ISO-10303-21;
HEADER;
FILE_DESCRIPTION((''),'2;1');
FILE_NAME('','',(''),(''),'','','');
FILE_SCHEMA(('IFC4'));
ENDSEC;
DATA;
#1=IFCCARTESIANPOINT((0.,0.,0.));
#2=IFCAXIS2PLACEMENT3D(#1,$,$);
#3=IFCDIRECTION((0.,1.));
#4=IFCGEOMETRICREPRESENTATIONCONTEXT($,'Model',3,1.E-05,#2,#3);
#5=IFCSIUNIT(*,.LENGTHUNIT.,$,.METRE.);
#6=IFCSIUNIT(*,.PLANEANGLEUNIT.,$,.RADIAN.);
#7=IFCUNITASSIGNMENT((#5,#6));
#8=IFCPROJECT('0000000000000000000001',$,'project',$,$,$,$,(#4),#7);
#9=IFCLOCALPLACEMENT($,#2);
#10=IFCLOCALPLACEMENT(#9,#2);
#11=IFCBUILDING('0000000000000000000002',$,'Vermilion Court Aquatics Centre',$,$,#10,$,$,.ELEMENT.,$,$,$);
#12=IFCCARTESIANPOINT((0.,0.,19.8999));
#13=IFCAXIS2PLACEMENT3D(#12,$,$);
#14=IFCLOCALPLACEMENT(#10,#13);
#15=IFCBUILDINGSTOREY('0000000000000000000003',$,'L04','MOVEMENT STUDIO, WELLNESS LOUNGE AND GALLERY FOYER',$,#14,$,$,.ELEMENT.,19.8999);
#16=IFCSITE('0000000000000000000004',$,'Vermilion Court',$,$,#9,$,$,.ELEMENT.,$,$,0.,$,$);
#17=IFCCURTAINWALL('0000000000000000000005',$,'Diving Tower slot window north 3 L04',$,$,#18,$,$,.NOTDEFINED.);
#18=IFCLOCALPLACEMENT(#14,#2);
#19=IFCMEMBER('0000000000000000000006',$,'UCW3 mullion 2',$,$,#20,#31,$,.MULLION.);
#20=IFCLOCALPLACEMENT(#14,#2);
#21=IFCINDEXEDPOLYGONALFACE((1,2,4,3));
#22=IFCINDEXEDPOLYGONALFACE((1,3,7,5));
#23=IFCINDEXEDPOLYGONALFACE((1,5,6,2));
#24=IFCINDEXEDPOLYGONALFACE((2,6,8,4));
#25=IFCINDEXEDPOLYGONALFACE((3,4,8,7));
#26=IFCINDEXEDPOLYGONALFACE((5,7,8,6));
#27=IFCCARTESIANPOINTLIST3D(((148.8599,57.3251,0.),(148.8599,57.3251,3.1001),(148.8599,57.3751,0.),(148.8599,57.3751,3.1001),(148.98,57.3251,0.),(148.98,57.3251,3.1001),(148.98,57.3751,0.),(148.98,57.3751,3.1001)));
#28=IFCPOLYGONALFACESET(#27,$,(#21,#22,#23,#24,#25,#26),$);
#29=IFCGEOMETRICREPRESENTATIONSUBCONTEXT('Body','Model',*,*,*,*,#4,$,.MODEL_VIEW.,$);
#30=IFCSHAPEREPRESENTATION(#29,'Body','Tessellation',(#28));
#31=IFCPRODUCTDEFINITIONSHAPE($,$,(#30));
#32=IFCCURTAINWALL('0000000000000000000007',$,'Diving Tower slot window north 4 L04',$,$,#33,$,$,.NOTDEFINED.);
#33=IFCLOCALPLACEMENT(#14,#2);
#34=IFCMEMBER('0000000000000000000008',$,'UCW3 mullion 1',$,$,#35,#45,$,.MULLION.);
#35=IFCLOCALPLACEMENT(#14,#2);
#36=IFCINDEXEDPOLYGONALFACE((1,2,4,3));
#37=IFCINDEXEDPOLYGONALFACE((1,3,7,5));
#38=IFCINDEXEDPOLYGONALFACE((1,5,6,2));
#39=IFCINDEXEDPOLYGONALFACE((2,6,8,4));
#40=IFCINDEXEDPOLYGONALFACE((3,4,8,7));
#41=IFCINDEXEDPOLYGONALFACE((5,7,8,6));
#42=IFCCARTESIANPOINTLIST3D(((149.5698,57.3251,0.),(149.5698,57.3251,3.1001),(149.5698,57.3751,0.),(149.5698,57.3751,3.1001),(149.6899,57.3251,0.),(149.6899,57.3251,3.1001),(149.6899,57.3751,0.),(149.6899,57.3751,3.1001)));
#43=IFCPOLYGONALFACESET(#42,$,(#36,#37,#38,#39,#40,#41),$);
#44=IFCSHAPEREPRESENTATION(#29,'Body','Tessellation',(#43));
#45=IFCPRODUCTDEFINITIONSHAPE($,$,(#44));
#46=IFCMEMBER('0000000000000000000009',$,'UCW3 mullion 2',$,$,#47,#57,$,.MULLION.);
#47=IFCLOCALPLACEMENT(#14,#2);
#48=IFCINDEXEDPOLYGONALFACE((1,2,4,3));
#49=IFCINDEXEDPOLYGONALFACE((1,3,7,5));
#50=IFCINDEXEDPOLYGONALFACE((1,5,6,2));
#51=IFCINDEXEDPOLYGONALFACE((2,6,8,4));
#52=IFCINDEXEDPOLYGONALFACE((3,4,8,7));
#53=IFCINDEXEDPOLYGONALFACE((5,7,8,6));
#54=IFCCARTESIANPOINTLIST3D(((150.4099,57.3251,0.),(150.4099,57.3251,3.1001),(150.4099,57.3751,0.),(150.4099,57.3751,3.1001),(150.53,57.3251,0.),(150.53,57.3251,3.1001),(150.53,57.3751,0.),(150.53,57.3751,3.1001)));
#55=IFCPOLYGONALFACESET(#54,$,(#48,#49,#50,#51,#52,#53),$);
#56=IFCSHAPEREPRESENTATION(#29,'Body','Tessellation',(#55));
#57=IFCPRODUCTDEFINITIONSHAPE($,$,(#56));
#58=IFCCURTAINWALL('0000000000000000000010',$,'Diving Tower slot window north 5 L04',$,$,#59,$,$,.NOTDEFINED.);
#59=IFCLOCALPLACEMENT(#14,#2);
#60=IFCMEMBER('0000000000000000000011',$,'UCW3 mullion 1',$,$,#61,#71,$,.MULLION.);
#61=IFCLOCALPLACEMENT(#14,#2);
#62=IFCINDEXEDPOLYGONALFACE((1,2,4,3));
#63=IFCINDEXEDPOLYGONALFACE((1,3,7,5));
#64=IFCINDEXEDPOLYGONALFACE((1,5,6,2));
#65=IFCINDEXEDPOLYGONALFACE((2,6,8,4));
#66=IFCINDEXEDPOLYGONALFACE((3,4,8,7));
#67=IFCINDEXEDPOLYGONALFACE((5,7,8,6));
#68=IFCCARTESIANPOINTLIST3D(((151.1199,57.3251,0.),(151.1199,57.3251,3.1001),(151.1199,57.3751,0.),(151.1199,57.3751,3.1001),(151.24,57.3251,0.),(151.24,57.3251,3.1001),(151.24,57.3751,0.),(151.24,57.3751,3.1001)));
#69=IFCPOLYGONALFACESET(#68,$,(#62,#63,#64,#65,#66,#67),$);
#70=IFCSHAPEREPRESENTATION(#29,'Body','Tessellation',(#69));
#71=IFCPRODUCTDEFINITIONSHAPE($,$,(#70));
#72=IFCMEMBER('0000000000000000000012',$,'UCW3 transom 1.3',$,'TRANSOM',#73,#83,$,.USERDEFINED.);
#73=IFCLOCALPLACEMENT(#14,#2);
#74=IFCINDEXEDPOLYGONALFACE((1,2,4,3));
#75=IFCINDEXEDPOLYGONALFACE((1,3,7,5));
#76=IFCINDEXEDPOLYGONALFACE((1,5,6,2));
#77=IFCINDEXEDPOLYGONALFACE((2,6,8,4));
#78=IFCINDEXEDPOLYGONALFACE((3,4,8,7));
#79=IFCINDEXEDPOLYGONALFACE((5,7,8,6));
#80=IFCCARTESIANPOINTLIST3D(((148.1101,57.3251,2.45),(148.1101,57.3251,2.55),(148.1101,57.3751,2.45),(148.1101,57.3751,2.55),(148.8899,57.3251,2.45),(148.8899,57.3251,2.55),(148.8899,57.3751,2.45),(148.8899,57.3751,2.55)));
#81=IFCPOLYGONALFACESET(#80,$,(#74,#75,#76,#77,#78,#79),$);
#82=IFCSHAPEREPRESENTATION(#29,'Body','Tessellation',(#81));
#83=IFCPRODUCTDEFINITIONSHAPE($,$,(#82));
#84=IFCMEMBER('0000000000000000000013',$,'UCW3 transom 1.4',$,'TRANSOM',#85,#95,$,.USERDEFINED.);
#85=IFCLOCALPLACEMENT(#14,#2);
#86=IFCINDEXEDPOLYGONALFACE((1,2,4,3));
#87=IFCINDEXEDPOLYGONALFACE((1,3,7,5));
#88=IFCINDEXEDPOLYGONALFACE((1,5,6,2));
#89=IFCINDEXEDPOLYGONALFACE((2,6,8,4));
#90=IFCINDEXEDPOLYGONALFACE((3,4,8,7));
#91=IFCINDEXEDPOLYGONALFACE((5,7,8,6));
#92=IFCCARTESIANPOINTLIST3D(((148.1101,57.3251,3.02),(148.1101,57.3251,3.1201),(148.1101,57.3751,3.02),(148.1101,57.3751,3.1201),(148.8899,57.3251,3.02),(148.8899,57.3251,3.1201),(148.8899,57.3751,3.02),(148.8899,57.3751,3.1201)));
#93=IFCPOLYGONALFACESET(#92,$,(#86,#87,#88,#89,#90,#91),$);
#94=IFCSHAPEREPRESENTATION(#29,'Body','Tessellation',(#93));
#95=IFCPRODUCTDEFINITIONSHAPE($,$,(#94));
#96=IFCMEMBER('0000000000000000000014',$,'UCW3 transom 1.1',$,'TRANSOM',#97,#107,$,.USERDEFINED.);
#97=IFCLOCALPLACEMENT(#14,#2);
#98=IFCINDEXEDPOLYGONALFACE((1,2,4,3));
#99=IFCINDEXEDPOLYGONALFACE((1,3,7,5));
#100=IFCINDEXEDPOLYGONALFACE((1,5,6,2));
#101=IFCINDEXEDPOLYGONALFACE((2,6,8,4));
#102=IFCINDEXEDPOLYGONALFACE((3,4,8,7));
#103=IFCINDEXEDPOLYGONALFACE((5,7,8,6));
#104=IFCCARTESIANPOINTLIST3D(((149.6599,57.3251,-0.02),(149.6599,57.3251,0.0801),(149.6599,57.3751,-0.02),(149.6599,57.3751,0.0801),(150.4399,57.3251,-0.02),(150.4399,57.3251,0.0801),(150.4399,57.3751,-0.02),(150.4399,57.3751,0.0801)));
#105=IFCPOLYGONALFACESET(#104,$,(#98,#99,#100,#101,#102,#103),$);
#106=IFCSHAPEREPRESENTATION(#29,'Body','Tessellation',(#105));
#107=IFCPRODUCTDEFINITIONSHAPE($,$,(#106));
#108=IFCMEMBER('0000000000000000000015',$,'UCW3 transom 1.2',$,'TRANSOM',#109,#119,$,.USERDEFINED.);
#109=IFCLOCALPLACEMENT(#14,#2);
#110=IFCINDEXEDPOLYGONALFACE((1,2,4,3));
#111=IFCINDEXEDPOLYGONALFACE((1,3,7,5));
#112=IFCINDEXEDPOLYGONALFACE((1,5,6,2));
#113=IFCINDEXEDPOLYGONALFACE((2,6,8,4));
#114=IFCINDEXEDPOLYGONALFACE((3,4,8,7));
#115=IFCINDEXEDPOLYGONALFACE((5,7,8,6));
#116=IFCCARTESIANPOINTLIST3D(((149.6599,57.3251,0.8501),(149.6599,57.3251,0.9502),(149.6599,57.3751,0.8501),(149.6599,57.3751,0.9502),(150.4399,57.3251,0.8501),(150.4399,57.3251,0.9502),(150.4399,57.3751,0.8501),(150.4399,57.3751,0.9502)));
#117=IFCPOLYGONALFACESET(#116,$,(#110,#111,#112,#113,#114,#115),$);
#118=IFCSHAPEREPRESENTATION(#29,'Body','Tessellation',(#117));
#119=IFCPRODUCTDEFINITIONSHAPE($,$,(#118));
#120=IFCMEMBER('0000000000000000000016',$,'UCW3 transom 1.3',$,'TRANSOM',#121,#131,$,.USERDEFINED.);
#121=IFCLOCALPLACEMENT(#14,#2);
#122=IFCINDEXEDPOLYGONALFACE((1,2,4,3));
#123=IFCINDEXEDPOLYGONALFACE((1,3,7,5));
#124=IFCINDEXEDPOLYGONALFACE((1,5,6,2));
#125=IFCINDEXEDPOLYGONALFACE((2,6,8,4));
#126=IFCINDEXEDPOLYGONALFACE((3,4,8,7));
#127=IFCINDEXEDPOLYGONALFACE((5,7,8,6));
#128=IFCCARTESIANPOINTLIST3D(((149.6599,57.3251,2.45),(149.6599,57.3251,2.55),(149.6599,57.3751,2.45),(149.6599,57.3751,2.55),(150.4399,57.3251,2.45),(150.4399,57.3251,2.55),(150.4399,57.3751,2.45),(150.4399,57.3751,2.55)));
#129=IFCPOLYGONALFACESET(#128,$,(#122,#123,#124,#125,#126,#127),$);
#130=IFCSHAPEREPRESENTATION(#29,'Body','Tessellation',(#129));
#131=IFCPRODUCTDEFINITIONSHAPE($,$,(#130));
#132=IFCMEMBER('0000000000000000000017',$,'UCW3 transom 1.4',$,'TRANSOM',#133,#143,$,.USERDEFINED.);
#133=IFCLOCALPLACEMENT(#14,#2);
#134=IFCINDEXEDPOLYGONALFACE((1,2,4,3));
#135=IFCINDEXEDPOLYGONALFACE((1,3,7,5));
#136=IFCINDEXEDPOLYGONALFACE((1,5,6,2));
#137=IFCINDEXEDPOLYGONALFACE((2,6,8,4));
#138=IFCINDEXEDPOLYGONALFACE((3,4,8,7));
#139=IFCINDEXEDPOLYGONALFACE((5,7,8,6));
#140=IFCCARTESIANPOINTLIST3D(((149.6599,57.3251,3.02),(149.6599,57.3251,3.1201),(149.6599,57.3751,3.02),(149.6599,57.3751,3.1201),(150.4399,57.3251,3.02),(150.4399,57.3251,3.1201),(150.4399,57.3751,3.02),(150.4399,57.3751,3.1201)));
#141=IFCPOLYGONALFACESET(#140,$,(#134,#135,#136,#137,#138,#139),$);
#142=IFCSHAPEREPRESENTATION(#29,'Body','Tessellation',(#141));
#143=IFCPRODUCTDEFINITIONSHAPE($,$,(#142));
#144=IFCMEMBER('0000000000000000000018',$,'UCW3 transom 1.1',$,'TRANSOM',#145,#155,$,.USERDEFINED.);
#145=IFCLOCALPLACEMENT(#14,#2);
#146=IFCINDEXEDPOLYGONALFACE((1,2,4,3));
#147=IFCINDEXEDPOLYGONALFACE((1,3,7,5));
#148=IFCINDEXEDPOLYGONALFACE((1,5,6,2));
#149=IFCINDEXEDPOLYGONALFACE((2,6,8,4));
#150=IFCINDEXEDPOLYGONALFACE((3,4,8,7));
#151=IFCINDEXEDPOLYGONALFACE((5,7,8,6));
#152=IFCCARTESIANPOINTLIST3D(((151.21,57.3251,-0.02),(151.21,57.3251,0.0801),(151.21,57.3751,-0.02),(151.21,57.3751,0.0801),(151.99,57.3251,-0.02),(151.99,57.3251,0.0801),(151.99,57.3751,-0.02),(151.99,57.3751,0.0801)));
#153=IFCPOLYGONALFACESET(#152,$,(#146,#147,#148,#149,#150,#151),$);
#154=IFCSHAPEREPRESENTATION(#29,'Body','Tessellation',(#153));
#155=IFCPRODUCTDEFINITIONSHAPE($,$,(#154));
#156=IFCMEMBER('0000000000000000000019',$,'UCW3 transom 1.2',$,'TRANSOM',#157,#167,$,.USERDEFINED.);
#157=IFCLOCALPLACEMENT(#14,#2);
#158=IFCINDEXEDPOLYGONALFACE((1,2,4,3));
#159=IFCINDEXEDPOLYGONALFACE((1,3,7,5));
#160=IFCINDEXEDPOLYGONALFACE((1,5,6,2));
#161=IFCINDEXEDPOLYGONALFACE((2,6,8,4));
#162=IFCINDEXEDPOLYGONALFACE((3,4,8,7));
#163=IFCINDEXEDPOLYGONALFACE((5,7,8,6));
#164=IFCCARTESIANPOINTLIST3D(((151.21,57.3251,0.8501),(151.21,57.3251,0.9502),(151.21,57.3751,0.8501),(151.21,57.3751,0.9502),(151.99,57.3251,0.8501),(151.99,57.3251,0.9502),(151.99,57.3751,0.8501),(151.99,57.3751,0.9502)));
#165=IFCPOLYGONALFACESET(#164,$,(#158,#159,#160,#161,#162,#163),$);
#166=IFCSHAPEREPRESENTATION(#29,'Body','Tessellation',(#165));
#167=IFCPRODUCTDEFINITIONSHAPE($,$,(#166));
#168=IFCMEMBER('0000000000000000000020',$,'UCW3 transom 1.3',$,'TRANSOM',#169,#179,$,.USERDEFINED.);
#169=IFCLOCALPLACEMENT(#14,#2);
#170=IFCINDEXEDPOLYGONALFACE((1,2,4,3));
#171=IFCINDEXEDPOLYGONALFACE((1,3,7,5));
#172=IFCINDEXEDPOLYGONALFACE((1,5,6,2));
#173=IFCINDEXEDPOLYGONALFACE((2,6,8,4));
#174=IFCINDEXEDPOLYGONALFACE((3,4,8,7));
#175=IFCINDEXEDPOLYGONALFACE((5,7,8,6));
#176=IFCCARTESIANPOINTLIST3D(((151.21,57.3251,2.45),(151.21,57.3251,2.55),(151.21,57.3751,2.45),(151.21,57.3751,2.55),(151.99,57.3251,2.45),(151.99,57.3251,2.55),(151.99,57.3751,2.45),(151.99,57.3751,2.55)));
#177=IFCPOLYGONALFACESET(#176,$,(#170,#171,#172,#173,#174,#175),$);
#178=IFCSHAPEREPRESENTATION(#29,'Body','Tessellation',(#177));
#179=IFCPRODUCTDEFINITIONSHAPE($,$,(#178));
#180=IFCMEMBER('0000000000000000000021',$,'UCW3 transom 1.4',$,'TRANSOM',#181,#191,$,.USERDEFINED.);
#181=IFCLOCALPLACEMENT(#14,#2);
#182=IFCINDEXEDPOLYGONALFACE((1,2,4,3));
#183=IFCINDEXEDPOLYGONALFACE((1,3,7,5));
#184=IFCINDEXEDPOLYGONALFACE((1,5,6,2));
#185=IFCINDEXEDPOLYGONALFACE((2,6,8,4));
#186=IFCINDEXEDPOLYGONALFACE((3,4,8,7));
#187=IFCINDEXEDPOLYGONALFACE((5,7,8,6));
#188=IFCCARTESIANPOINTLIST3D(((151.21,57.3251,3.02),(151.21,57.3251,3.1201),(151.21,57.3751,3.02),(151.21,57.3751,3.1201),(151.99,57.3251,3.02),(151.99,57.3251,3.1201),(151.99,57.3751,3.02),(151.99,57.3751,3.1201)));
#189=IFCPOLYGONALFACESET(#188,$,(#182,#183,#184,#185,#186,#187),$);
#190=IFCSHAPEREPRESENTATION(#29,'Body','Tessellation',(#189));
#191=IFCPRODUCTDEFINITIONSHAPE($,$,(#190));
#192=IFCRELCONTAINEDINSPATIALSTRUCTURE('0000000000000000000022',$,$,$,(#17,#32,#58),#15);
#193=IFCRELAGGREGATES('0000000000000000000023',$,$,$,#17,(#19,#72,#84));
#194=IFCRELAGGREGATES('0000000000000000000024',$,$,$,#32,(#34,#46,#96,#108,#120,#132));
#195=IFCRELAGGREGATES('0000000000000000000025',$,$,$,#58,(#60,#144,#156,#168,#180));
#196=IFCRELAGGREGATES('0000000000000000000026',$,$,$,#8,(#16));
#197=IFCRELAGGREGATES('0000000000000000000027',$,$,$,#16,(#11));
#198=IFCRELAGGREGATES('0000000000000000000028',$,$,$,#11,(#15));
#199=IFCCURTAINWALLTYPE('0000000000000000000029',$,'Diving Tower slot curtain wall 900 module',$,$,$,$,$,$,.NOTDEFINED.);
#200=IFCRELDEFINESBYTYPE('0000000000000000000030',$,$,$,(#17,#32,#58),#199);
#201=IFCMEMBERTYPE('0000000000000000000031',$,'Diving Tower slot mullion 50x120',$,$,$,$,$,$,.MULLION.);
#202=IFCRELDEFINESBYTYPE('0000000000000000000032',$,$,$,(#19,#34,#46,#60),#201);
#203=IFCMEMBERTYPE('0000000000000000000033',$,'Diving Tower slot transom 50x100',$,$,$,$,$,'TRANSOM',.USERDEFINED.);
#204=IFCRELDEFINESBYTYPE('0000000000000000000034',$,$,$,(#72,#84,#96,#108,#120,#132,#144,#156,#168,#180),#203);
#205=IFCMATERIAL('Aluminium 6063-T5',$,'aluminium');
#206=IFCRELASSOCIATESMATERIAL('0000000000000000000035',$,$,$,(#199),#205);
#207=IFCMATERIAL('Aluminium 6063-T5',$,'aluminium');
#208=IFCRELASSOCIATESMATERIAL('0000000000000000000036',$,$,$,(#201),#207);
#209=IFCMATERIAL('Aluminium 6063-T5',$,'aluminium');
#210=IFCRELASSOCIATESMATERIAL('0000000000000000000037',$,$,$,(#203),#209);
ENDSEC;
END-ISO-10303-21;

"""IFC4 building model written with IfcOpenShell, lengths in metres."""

from ifc_helpers import new_model, si_unit, direction, frame, origin, origin_2d, place, context, subcontext, project, spatial, rectangle, extrude, material, material_profile, profile_set, type_object, element, aggregate, save


model = new_model("IFC4")

# Units and contexts
model_context = context("Model", 3, precision=1e-05, world=origin(), true_north=direction((0.0, 1.0)))
body_context = subcontext(model_context, "Body", "Model", "MODEL_VIEW")
ifc_project = project(units=[si_unit("LENGTHUNIT", "METRE"), si_unit("PLANEANGLEUNIT", "RADIAN")], contexts=[model_context])

# Site, building, storey
site_placement = place(None, origin())
site = spatial("IfcSite", under=ifc_project, at=site_placement, Name="Vermilion Court", CompositionType="ELEMENT", RefElevation=0.0)
building_placement = place(site_placement, origin())
building = spatial("IfcBuilding", under=site, at=building_placement, Name="Vermilion Court Aquatics Centre", CompositionType="ELEMENT")
storey_placement = place(building_placement, frame((0.0, 0.0, 19.8999)))
storey = spatial("IfcBuildingStorey", under=building, at=storey_placement, Name="L04", Description="MOVEMENT STUDIO, WELLNESS LOUNGE AND GALLERY FOYER", CompositionType="ELEMENT", Elevation=19.8999)

# Curtain wall, member
ifc_material_1 = material(Name="Aluminium 6063-T5", Category="aluminium")
curtain_wall_type = type_object("IfcCurtainWallType", Name="Diving Tower slot curtain wall 900 module", PredefinedType="NOTDEFINED", material=ifc_material_1)
curtain_wall_1_placement = place(storey_placement, origin())
curtain_wall_1 = element("IfcCurtainWall", 1, at=curtain_wall_1_placement, inside=storey, type_object=curtain_wall_type, Name="Diving Tower slot window north 3 L04", PredefinedType="NOTDEFINED")
ifc_material_2 = material(Name="Aluminium 6063-T5", Category="aluminium")
ifc_material_profile_1 = material_profile(ifc_material_2, rectangle(XDim=0.05, YDim=0.1201, at=origin_2d()), Name="AL 50x120")
ifc_profile_set_1 = profile_set([ifc_material_profile_1], Name="Aluminium 6063-T5")
member_type_1 = type_object("IfcMemberType", Name="Diving Tower slot mullion 50x120", PredefinedType="MULLION", material=ifc_profile_set_1)
member_1_placement = place(storey_placement, frame((148.9199, 57.3501, 0.0), z_axis=(0.0, 0.0, 1.0), x_axis=(0.0, 1.0, 0.0)))
member_1 = element("IfcMember", 2, at=member_1_placement, type_object=member_type_1, Name="UCW3 mullion 2", PredefinedType="MULLION", context=body_context, shape_type="SweptSolid", body=[
    extrude(rectangle(XDim=0.05, YDim=0.1201, at=origin_2d()), origin(), (0.0, 0.0, 1.0), 3.1001),
])

# Curtain wall, members
curtain_wall_2_placement = place(storey_placement, origin())
curtain_wall_2 = element("IfcCurtainWall", 3, at=curtain_wall_2_placement, inside=storey, type_object=curtain_wall_type, Name="Diving Tower slot window north 4 L04", PredefinedType="NOTDEFINED")
member_2_placement = place(storey_placement, frame((149.6299, 57.3501, 0.0), z_axis=(0.0, 0.0, 1.0), x_axis=(0.0, 1.0, 0.0)))
member_2 = element("IfcMember", 4, at=member_2_placement, type_object=member_type_1, Name="UCW3 mullion 1", PredefinedType="MULLION", context=body_context, shape_type="SweptSolid", body=[
    extrude(rectangle(XDim=0.05, YDim=0.1201, at=origin_2d()), origin(), (0.0, 0.0, 1.0), 3.1001),
])
member_3_placement = place(storey_placement, frame((150.47, 57.3501, 0.0), z_axis=(0.0, 0.0, 1.0), x_axis=(0.0, 1.0, 0.0)))
member_3 = element("IfcMember", 5, at=member_3_placement, type_object=member_type_1, Name="UCW3 mullion 2", PredefinedType="MULLION", context=body_context, shape_type="SweptSolid", body=[
    extrude(rectangle(XDim=0.05, YDim=0.1201, at=origin_2d()), origin(), (0.0, 0.0, 1.0), 3.1001),
])

# Curtain wall, member
curtain_wall_3_placement = place(storey_placement, origin())
curtain_wall_3 = element("IfcCurtainWall", 6, at=curtain_wall_3_placement, inside=storey, type_object=curtain_wall_type, Name="Diving Tower slot window north 5 L04", PredefinedType="NOTDEFINED")
member_4_placement = place(storey_placement, frame((151.1799, 57.3501, 0.0), z_axis=(0.0, 0.0, 1.0), x_axis=(0.0, 1.0, 0.0)))
member_4 = element("IfcMember", 7, at=member_4_placement, type_object=member_type_1, Name="UCW3 mullion 1", PredefinedType="MULLION", context=body_context, shape_type="SweptSolid", body=[
    extrude(rectangle(XDim=0.05, YDim=0.1201, at=origin_2d()), origin(), (0.0, 0.0, 1.0), 3.1001),
])

# Members
ifc_material_3 = material(Name="Aluminium 6063-T5", Category="aluminium")
ifc_material_profile_2 = material_profile(ifc_material_3, rectangle(XDim=0.05, YDim=0.1001, at=origin_2d()), Name="AL 50x100")
ifc_profile_set_2 = profile_set([ifc_material_profile_2], Name="Aluminium 6063-T5")
member_type_2 = type_object("IfcMemberType", Name="Diving Tower slot transom 50x100", ElementType="TRANSOM", PredefinedType="USERDEFINED", material=ifc_profile_set_2)
member_5_placement = place(storey_placement, frame((148.1101, 57.3501, 2.5), z_axis=(1.0, 0.0, 0.0), x_axis=(0.0, 1.0, 0.0)))
member_5 = element("IfcMember", 8, at=member_5_placement, type_object=member_type_2, Name="UCW3 transom 1.3", ObjectType="TRANSOM", PredefinedType="USERDEFINED", context=body_context, shape_type="SweptSolid", body=[
    extrude(rectangle(XDim=0.05, YDim=0.1001, at=origin_2d()), origin(), (0.0, 0.0, 1.0), 0.7798),
])
member_6_placement = place(storey_placement, frame((148.1101, 57.3501, 3.0701), z_axis=(1.0, 0.0, 0.0), x_axis=(0.0, 1.0, 0.0)))
member_6 = element("IfcMember", 9, at=member_6_placement, type_object=member_type_2, Name="UCW3 transom 1.4", ObjectType="TRANSOM", PredefinedType="USERDEFINED", context=body_context, shape_type="SweptSolid", body=[
    extrude(rectangle(XDim=0.05, YDim=0.1001, at=origin_2d()), origin(), (0.0, 0.0, 1.0), 0.7798),
])
member_7_placement = place(storey_placement, frame((149.6599, 57.3501, 0.03), z_axis=(1.0, 0.0, 0.0), x_axis=(0.0, 1.0, 0.0)))
member_7 = element("IfcMember", 10, at=member_7_placement, type_object=member_type_2, Name="UCW3 transom 1.1", ObjectType="TRANSOM", PredefinedType="USERDEFINED", context=body_context, shape_type="SweptSolid", body=[
    extrude(rectangle(XDim=0.05, YDim=0.1001, at=origin_2d()), origin(), (0.0, 0.0, 1.0), 0.78),
])
member_8_placement = place(storey_placement, frame((149.6599, 57.3501, 0.9001), z_axis=(1.0, 0.0, 0.0), x_axis=(0.0, 1.0, 0.0)))
member_8 = element("IfcMember", 11, at=member_8_placement, type_object=member_type_2, Name="UCW3 transom 1.2", ObjectType="TRANSOM", PredefinedType="USERDEFINED", context=body_context, shape_type="SweptSolid", body=[
    extrude(rectangle(XDim=0.05, YDim=0.1001, at=origin_2d()), origin(), (0.0, 0.0, 1.0), 0.78),
])
member_9_placement = place(storey_placement, frame((149.6599, 57.3501, 2.5), z_axis=(1.0, 0.0, 0.0), x_axis=(0.0, 1.0, 0.0)))
member_9 = element("IfcMember", 12, at=member_9_placement, type_object=member_type_2, Name="UCW3 transom 1.3", ObjectType="TRANSOM", PredefinedType="USERDEFINED", context=body_context, shape_type="SweptSolid", body=[
    extrude(rectangle(XDim=0.05, YDim=0.1001, at=origin_2d()), origin(), (0.0, 0.0, 1.0), 0.78),
])
member_10_placement = place(storey_placement, frame((149.6599, 57.3501, 3.0701), z_axis=(1.0, 0.0, 0.0), x_axis=(0.0, 1.0, 0.0)))
member_10 = element("IfcMember", 13, at=member_10_placement, type_object=member_type_2, Name="UCW3 transom 1.4", ObjectType="TRANSOM", PredefinedType="USERDEFINED", context=body_context, shape_type="SweptSolid", body=[
    extrude(rectangle(XDim=0.05, YDim=0.1001, at=origin_2d()), origin(), (0.0, 0.0, 1.0), 0.78),
])
member_11_placement = place(storey_placement, frame((151.21, 57.3501, 0.03), z_axis=(1.0, 0.0, 0.0), x_axis=(0.0, 1.0, 0.0)))
member_11 = element("IfcMember", 14, at=member_11_placement, type_object=member_type_2, Name="UCW3 transom 1.1", ObjectType="TRANSOM", PredefinedType="USERDEFINED", context=body_context, shape_type="SweptSolid", body=[
    extrude(rectangle(XDim=0.05, YDim=0.1001, at=origin_2d()), origin(), (0.0, 0.0, 1.0), 0.78),
])
member_12_placement = place(storey_placement, frame((151.21, 57.3501, 0.9001), z_axis=(1.0, 0.0, 0.0), x_axis=(0.0, 1.0, 0.0)))
member_12 = element("IfcMember", 15, at=member_12_placement, type_object=member_type_2, Name="UCW3 transom 1.2", ObjectType="TRANSOM", PredefinedType="USERDEFINED", context=body_context, shape_type="SweptSolid", body=[
    extrude(rectangle(XDim=0.05, YDim=0.1001, at=origin_2d()), origin(), (0.0, 0.0, 1.0), 0.78),
])
member_13_placement = place(storey_placement, frame((151.21, 57.3501, 2.5), z_axis=(1.0, 0.0, 0.0), x_axis=(0.0, 1.0, 0.0)))
member_13 = element("IfcMember", 16, at=member_13_placement, type_object=member_type_2, Name="UCW3 transom 1.3", ObjectType="TRANSOM", PredefinedType="USERDEFINED", context=body_context, shape_type="SweptSolid", body=[
    extrude(rectangle(XDim=0.05, YDim=0.1001, at=origin_2d()), origin(), (0.0, 0.0, 1.0), 0.78),
])
member_14_placement = place(storey_placement, frame((151.21, 57.3501, 3.0701), z_axis=(1.0, 0.0, 0.0), x_axis=(0.0, 1.0, 0.0)))
member_14 = element("IfcMember", 17, at=member_14_placement, type_object=member_type_2, Name="UCW3 transom 1.4", ObjectType="TRANSOM", PredefinedType="USERDEFINED", context=body_context, shape_type="SweptSolid", body=[
    extrude(rectangle(XDim=0.05, YDim=0.1001, at=origin_2d()), origin(), (0.0, 0.0, 1.0), 0.78),
])

aggregate(curtain_wall_1, [member_1, member_5, member_6])
aggregate(curtain_wall_2, [member_2, member_3, member_7, member_8, member_9, member_10])
aggregate(curtain_wall_3, [member_4, member_11, member_12, member_13, member_14])

save(model, "model.ifc")
